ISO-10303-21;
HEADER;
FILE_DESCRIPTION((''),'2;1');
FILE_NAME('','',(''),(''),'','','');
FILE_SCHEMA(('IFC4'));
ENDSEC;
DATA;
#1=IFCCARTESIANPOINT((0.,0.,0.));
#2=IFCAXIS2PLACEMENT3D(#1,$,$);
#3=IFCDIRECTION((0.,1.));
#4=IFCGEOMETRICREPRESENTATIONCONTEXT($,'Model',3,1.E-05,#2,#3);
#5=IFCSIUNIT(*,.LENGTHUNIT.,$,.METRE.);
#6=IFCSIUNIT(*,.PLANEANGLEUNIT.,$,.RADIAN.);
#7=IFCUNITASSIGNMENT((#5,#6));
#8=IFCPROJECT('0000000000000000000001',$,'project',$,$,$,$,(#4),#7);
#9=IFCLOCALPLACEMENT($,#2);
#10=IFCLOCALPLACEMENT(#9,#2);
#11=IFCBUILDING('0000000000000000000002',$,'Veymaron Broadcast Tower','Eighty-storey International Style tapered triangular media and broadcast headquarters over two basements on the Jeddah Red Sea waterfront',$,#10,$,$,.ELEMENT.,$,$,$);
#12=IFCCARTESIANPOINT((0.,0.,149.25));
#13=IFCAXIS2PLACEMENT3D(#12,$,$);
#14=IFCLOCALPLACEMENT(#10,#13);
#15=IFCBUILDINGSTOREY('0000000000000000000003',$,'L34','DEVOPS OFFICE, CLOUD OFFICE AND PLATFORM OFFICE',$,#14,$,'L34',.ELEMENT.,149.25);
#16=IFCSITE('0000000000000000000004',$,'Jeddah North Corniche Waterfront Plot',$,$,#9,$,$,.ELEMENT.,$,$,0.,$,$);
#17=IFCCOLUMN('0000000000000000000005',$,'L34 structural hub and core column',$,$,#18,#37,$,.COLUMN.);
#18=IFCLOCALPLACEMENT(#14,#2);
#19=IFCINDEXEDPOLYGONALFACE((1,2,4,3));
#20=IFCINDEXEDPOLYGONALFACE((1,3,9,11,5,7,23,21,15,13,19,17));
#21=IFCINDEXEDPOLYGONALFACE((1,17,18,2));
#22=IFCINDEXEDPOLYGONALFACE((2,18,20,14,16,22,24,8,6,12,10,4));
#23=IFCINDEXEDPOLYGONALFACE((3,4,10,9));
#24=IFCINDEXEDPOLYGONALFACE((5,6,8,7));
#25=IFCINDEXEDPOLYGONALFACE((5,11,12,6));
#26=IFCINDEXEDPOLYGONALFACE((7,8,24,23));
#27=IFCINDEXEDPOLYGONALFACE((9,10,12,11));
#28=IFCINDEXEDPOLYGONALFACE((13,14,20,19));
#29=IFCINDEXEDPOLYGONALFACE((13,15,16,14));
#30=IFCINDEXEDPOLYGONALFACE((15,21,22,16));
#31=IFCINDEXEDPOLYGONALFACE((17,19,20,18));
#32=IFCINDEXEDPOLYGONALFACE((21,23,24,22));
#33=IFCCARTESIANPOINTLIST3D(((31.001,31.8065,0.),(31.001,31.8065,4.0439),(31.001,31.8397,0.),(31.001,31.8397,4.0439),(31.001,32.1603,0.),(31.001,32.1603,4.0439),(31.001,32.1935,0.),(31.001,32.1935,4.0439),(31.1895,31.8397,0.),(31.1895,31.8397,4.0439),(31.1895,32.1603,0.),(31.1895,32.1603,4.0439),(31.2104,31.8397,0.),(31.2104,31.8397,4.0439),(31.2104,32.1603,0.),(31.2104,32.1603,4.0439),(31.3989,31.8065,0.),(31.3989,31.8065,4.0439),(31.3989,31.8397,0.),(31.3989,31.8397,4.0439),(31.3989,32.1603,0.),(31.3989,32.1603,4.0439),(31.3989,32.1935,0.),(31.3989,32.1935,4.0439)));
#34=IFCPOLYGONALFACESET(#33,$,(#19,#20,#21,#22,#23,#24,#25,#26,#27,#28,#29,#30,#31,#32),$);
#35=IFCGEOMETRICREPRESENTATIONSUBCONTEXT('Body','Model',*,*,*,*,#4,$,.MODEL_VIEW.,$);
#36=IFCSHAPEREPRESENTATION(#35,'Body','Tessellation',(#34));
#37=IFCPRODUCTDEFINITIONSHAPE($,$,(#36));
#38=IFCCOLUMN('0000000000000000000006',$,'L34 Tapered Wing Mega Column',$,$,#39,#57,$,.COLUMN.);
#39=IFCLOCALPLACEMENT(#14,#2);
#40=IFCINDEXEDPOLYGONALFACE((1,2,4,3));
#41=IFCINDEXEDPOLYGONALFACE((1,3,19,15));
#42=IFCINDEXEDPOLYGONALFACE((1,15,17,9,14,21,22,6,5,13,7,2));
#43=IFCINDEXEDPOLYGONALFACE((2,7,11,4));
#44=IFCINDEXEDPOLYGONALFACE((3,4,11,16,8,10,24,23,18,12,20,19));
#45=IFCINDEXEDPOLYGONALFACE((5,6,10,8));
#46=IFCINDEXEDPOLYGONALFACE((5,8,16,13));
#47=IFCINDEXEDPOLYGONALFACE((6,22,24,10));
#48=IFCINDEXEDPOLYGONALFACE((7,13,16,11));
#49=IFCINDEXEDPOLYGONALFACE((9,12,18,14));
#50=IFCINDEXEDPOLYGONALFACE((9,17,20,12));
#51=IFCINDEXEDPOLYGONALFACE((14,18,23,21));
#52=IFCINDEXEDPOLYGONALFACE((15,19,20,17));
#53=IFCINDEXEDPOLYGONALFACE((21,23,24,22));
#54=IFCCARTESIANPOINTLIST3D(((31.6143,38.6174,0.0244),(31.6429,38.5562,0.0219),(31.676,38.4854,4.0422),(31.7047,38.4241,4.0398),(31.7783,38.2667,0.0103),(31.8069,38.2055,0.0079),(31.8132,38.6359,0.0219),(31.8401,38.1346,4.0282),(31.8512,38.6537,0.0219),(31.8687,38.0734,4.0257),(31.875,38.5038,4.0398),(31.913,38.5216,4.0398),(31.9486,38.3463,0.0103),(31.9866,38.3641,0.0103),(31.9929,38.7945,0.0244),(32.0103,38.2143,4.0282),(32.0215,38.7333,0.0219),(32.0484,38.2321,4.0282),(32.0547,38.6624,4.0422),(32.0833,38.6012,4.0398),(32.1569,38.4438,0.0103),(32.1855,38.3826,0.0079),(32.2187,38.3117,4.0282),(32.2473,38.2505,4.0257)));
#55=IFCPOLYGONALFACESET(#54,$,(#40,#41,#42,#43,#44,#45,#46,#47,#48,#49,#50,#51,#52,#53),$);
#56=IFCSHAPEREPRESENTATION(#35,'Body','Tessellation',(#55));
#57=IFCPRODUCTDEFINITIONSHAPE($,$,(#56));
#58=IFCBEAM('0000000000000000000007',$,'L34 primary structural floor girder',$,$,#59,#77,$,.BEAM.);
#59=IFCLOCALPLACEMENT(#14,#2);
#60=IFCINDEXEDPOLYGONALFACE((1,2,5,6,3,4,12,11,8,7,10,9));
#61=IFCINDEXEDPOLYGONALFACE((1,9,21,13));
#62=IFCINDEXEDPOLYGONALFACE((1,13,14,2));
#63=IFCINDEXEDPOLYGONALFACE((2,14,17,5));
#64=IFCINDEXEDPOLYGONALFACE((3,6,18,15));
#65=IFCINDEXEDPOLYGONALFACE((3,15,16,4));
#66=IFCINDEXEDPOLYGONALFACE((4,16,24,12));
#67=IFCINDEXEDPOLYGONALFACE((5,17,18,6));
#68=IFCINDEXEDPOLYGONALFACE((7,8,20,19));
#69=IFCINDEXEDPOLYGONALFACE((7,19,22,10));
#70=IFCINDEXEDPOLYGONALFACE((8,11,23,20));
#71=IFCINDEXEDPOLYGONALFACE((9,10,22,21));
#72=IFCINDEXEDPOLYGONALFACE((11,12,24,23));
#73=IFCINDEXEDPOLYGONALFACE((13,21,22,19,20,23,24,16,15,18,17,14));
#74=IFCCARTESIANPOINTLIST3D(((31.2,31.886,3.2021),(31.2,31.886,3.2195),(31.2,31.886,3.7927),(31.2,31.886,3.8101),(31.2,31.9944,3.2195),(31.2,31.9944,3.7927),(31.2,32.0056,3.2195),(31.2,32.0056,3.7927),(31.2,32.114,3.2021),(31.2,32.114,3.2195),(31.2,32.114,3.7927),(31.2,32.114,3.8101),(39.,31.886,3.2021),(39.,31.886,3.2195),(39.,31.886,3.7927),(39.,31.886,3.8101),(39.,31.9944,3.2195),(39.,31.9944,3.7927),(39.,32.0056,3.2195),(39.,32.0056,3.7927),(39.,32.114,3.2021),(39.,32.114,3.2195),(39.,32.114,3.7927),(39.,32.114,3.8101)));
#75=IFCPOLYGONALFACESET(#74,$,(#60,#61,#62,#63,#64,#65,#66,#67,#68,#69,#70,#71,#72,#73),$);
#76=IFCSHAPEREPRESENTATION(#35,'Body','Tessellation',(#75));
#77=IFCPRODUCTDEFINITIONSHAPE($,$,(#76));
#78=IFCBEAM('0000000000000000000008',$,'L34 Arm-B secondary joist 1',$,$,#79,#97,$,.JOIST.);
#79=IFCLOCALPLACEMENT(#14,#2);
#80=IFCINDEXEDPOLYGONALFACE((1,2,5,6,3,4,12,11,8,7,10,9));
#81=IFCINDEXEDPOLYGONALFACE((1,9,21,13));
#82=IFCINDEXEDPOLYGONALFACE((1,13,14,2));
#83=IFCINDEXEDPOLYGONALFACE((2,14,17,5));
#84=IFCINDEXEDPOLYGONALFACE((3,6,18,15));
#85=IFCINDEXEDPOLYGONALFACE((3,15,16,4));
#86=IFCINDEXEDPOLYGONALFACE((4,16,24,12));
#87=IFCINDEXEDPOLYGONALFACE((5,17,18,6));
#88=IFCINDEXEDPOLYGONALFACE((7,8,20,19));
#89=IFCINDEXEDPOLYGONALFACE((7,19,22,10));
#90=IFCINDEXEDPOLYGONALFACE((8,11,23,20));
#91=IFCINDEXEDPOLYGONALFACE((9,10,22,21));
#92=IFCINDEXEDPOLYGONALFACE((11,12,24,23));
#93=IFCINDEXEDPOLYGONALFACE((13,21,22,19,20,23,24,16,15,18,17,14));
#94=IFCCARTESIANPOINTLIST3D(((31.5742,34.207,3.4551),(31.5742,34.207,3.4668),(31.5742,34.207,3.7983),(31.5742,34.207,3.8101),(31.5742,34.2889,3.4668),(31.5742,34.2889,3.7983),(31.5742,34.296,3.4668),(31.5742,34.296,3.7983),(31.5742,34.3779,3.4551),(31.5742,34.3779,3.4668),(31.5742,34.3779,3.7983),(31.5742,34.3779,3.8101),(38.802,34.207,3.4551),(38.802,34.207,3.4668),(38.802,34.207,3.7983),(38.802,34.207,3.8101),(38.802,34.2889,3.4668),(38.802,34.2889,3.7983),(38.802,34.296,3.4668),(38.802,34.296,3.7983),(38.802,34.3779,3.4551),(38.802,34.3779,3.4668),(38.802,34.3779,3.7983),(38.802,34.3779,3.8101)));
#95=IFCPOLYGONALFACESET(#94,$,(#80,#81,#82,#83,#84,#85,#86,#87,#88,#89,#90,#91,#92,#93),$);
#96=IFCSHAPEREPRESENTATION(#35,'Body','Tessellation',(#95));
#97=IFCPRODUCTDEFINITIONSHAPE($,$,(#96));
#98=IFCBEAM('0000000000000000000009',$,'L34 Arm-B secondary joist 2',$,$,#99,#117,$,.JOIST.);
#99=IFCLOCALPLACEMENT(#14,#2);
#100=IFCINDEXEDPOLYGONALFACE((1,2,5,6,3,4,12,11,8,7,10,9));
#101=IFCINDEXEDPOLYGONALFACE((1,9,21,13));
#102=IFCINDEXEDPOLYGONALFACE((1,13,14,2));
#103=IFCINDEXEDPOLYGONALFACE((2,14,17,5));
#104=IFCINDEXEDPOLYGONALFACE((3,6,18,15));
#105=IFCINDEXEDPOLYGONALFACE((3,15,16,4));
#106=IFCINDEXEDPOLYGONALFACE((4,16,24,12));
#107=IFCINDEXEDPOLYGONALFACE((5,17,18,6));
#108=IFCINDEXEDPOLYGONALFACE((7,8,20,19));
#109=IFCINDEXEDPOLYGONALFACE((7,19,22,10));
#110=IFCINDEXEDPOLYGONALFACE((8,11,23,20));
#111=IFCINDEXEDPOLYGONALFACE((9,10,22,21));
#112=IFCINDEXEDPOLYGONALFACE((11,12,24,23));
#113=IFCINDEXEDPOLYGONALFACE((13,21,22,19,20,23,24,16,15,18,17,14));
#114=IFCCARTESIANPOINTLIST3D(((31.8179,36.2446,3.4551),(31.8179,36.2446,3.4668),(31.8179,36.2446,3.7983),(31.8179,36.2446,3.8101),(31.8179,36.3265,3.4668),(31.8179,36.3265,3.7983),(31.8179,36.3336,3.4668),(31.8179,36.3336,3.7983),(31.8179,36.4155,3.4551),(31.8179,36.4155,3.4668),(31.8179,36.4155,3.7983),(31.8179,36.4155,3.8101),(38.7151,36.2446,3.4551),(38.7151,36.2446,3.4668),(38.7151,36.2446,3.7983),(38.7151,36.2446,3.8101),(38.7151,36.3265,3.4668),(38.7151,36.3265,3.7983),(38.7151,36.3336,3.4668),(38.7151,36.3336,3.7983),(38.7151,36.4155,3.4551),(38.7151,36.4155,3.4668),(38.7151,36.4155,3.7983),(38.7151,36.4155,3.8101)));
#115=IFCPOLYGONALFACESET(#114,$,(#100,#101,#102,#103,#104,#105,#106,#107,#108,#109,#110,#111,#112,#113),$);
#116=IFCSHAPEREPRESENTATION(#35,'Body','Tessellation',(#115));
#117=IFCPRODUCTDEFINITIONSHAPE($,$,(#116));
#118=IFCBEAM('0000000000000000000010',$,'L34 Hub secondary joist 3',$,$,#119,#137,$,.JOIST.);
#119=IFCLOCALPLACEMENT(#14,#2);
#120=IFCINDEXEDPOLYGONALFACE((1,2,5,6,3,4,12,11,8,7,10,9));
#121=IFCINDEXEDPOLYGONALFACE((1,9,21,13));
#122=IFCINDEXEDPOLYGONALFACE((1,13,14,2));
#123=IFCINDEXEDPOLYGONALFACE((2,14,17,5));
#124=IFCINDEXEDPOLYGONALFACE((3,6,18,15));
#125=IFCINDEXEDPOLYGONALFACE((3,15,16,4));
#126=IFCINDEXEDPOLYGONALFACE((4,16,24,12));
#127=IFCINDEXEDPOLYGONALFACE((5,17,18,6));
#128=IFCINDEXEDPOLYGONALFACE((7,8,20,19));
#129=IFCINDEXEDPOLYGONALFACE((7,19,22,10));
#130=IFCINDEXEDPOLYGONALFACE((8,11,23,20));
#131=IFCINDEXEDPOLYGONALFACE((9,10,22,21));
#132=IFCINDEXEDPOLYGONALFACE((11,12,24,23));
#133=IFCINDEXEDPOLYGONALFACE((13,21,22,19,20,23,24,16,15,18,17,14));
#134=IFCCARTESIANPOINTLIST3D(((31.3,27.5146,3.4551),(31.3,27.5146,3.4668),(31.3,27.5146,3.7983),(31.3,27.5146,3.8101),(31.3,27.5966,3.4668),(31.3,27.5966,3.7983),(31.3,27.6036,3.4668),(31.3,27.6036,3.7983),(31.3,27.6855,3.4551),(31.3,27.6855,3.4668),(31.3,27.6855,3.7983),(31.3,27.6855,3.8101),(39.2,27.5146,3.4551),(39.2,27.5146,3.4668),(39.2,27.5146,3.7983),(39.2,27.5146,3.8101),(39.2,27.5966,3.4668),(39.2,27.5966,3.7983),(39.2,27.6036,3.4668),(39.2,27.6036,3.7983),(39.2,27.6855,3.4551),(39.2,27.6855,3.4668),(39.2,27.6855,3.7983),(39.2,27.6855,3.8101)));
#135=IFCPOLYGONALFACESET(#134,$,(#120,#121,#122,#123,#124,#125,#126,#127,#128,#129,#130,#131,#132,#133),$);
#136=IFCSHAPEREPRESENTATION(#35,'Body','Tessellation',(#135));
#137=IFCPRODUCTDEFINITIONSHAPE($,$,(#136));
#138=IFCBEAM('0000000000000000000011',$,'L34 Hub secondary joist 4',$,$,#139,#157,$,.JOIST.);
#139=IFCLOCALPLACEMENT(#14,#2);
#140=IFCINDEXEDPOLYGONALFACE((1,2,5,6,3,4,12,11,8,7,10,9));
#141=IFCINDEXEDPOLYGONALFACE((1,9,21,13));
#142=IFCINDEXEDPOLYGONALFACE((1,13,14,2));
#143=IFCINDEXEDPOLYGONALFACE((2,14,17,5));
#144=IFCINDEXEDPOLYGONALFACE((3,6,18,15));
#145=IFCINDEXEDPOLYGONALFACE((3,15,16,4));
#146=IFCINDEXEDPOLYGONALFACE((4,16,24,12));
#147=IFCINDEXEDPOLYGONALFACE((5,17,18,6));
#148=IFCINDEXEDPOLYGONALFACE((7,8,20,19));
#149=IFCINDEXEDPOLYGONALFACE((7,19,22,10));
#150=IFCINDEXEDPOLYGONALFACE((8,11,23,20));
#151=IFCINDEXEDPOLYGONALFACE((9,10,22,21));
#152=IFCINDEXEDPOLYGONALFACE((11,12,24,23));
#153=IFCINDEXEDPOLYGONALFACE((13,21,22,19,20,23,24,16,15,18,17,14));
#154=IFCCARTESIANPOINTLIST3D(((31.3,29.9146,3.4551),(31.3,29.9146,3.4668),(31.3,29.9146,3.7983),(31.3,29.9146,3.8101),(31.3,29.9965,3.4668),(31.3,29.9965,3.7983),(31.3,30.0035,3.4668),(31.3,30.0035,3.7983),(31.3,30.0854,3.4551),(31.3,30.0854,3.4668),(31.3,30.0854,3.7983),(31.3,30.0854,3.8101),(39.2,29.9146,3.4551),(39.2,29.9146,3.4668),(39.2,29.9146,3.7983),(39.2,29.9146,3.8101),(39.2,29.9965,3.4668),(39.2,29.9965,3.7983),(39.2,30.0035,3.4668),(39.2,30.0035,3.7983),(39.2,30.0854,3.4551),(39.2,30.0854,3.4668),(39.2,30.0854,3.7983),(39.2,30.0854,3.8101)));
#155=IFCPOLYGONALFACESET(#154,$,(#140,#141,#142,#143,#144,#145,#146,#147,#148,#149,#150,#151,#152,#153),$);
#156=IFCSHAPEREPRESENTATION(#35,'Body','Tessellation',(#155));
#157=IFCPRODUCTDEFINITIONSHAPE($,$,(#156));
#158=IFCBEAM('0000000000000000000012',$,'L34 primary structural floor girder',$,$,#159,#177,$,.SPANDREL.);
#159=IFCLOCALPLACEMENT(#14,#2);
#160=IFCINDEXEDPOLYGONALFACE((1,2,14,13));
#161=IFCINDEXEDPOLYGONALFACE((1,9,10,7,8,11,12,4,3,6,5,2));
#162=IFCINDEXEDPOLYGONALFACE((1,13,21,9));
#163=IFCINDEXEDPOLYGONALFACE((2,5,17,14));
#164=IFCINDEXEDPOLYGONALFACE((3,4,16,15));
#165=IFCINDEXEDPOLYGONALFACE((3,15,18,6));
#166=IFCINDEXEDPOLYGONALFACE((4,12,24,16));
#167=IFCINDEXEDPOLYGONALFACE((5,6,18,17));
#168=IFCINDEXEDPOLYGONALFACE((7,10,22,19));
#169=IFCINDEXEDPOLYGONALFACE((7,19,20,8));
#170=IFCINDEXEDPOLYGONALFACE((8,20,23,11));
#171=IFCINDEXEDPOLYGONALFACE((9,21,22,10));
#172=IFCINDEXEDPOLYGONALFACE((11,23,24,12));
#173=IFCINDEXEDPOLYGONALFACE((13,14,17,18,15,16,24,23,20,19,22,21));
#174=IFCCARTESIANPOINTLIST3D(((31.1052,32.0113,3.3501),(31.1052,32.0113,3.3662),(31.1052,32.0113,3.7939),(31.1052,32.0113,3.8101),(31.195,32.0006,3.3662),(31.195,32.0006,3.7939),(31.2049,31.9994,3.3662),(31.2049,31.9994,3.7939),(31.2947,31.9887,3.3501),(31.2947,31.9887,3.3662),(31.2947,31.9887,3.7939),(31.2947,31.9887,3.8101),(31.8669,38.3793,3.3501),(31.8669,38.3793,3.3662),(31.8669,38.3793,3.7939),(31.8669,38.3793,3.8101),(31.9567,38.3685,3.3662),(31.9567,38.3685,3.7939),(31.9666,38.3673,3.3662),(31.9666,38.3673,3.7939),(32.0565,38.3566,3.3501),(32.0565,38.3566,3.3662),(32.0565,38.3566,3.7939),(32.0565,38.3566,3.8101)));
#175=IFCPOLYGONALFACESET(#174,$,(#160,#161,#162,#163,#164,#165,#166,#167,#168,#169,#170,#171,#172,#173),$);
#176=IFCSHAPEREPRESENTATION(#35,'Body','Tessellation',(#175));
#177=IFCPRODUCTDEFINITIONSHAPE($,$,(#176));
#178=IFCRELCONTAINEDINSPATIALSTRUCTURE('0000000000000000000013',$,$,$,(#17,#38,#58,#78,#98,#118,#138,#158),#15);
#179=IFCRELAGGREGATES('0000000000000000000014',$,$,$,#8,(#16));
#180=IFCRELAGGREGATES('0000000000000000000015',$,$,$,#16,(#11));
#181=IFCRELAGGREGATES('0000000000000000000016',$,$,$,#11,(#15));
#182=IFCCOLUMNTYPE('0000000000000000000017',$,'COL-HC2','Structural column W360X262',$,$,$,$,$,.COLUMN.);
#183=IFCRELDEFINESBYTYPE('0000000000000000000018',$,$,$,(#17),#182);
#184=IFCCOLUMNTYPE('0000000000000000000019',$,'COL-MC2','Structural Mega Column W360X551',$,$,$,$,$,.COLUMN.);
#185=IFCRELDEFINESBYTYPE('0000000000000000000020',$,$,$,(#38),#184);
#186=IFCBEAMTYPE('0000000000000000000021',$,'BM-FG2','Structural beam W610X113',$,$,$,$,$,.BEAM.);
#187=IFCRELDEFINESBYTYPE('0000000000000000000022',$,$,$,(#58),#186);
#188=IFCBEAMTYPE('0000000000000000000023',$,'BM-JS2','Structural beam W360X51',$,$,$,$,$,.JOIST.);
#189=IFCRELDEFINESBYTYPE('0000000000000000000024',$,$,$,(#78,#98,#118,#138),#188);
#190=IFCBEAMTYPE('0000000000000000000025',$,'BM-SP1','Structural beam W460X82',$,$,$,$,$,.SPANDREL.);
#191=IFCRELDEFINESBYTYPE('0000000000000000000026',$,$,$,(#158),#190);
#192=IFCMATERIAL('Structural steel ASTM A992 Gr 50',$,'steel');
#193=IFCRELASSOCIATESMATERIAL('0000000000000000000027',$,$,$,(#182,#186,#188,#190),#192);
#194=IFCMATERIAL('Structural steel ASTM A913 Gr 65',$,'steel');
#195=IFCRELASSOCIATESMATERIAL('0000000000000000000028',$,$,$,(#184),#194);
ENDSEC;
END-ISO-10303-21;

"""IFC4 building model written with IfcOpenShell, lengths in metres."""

from ifc_helpers import new_model, si_unit, direction, frame, origin, origin_2d, place, context, subcontext, project, spatial, i_section, extrude, material, material_profile, profile_set, type_object, element, save


model = new_model("IFC4")

# Units and contexts
model_context = context("Model", 3, precision=1e-05, world=origin(), true_north=direction((0.0, 1.0)))
body_context = subcontext(model_context, "Body", "Model", "MODEL_VIEW")
ifc_project = project(units=[si_unit("LENGTHUNIT", "METRE"), si_unit("PLANEANGLEUNIT", "RADIAN")], contexts=[model_context])

# Site, building, storey
site_placement = place(None, origin())
site = spatial("IfcSite", under=ifc_project, at=site_placement, Name="Jeddah North Corniche Waterfront Plot", CompositionType="ELEMENT", RefElevation=0.0)
building_placement = place(site_placement, origin())
building = spatial("IfcBuilding", under=site, at=building_placement, Name="Veymaron Broadcast Tower", Description="Eighty-storey International Style tapered triangular media and broadcast headquarters over two basements on the Jeddah Red Sea waterfront", CompositionType="ELEMENT")
storey_placement = place(building_placement, frame((0.0, 0.0, 149.25)))
storey = spatial("IfcBuildingStorey", under=building, at=storey_placement, Name="L34", Description="DEVOPS OFFICE, CLOUD OFFICE AND PLATFORM OFFICE", LongName="L34", CompositionType="ELEMENT", Elevation=149.25)

# Columns
ifc_material_1 = material(Name="Structural steel ASTM A992 Gr 50", Category="steel")
ifc_material_profile_1 = material_profile(ifc_material_1, i_section(OverallWidth=0.3979, OverallDepth=0.387, WebThickness=0.021, FlangeThickness=0.0332, at=origin_2d()), Name="W360X262")
ifc_profile_set_1 = profile_set([ifc_material_profile_1], Name="Structural steel ASTM A992 Gr 50")
column_type_1 = type_object("IfcColumnType", Name="COL-HC2", Description="Structural column W360X262", PredefinedType="COLUMN", material=ifc_profile_set_1)
column_1_placement = place(storey_placement, frame((31.2, 32.0, 0.0), z_axis=(0.0, 0.0, 1.0), x_axis=(1.0, 0.0, 0.0)))
element("IfcColumn", 1, at=column_1_placement, inside=storey, type_object=column_type_1, Name="L34 structural hub and core column", PredefinedType="COLUMN", context=body_context, shape_type="SweptSolid", body=[
    extrude(i_section(OverallWidth=0.3979, OverallDepth=0.387, WebThickness=0.021, FlangeThickness=0.0332, at=origin_2d()), origin(), (0.0, 0.0, 1.0), 4.0439),
])
ifc_material_2 = material(Name="Structural steel ASTM A913 Gr 65", Category="steel")
ifc_material_profile_2 = material_profile(ifc_material_2, i_section(OverallWidth=0.418, OverallDepth=0.4551, WebThickness=0.042, FlangeThickness=0.0676, at=origin_2d()), Name="W360X551")
ifc_profile_set_2 = profile_set([ifc_material_profile_2], Name="Structural steel ASTM A913 Gr 65")
column_type_2 = type_object("IfcColumnType", Name="COL-MC2", Description="Structural Mega Column W360X551", PredefinedType="COLUMN", material=ifc_profile_set_2)
column_2_placement = place(storey_placement, frame((31.8999, 38.5, 0.0161), z_axis=(0.015363, -0.032852, 0.999342), x_axis=(0.905841, 0.423619, 0.0)))
element("IfcColumn", 2, at=column_2_placement, inside=storey, type_object=column_type_2, Name="L34 Tapered Wing Mega Column", PredefinedType="COLUMN", context=body_context, shape_type="SweptSolid", body=[
    extrude(i_section(OverallWidth=0.418, OverallDepth=0.4551, WebThickness=0.042, FlangeThickness=0.0676, at=origin_2d()), origin(), (0.0, 0.0, 1.0), 4.0205),
])

# Beams
ifc_material_profile_3 = material_profile(ifc_material_1, i_section(OverallWidth=0.228, OverallDepth=0.6079, WebThickness=0.0112, FlangeThickness=0.0173, at=origin_2d()), Name="W610X113")
ifc_profile_set_3 = profile_set([ifc_material_profile_3], Name="Structural steel ASTM A992 Gr 50")
beam_type_1 = type_object("IfcBeamType", Name="BM-FG2", Description="Structural beam W610X113", PredefinedType="BEAM", material=ifc_profile_set_3)
beam_1_placement = place(storey_placement, frame((31.2, 32.0, 3.5061), z_axis=(1.0, 0.0, 0.0), x_axis=(0.0, 1.0, 0.0)))
element("IfcBeam", 3, at=beam_1_placement, inside=storey, type_object=beam_type_1, Name="L34 primary structural floor girder", PredefinedType="BEAM", context=body_context, shape_type="SweptSolid", body=[
    extrude(i_section(OverallWidth=0.228, OverallDepth=0.6079, WebThickness=0.0112, FlangeThickness=0.0173, at=origin_2d()), origin(), (0.0, 0.0, 1.0), 7.8),
])
ifc_material_profile_4 = material_profile(ifc_material_1, i_section(OverallWidth=0.1709, OverallDepth=0.355, WebThickness=0.0071, FlangeThickness=0.0117, at=origin_2d()), Name="W360X51")
ifc_profile_set_4 = profile_set([ifc_material_profile_4], Name="Structural steel ASTM A992 Gr 50")
beam_type_2 = type_object("IfcBeamType", Name="BM-JS2", Description="Structural beam W360X51", PredefinedType="JOIST", material=ifc_profile_set_4)
beam_2_placement = place(storey_placement, frame((31.5742, 34.2925, 3.6326), z_axis=(1.0, 0.0, 0.0), x_axis=(0.0, 1.0, 0.0)))
element("IfcBeam", 4, at=beam_2_placement, inside=storey, type_object=beam_type_2, Name="L34 Arm-B secondary joist 1", PredefinedType="JOIST", context=body_context, shape_type="SweptSolid", body=[
    extrude(i_section(OverallWidth=0.1709, OverallDepth=0.355, WebThickness=0.0071, FlangeThickness=0.0117, at=origin_2d()), origin(), (0.0, 0.0, 1.0), 7.2278),
])
beam_3_placement = place(storey_placement, frame((31.8179, 36.3301, 3.6326), z_axis=(1.0, 0.0, 0.0), x_axis=(0.0, 1.0, 0.0)))
element("IfcBeam", 5, at=beam_3_placement, inside=storey, type_object=beam_type_2, Name="L34 Arm-B secondary joist 2", PredefinedType="JOIST", context=body_context, shape_type="SweptSolid", body=[
    extrude(i_section(OverallWidth=0.1709, OverallDepth=0.355, WebThickness=0.0071, FlangeThickness=0.0117, at=origin_2d()), origin(), (0.0, 0.0, 1.0), 6.8972),
])
for number, where, z_axis, x_axis, name in (
    (6, (31.3, 27.6001, 3.6326), (1.0, 0.0, 0.0), (0.0, 1.0, 0.0), "L34 Hub secondary joist 3"),
    (7, (31.3, 30.0, 3.6326), (1.0, 0.0, 0.0), (0.0, 1.0, 0.0), "L34 Hub secondary joist 4"),
):
    element("IfcBeam", number, at=place(storey_placement, frame(where, z_axis=z_axis, x_axis=x_axis)), inside=storey, type_object=beam_type_2, Name=name, PredefinedType="JOIST", context=body_context, shape_type="SweptSolid", body=[
        extrude(i_section(OverallWidth=0.1709, OverallDepth=0.355, WebThickness=0.0071, FlangeThickness=0.0117, at=origin_2d()), origin(), (0.0, 0.0, 1.0), 7.8999),
    ])
ifc_material_profile_5 = material_profile(ifc_material_1, i_section(OverallWidth=0.1909, OverallDepth=0.46, WebThickness=0.01, FlangeThickness=0.0161, at=origin_2d()), Name="W460X82")
ifc_profile_set_5 = profile_set([ifc_material_profile_5], Name="Structural steel ASTM A992 Gr 50")
beam_type_3 = type_object("IfcBeamType", Name="BM-SP1", Description="Structural beam W460X82", PredefinedType="SPANDREL", material=ifc_profile_set_5)
beam_4_placement = place(storey_placement, frame((31.2, 32.0, 3.5801), z_axis=(0.118771, 0.992922, 0.0), x_axis=(-0.992922, 0.118771, 0.0)))
element("IfcBeam", 8, at=beam_4_placement, inside=storey, type_object=beam_type_3, Name="L34 primary structural floor girder", PredefinedType="SPANDREL", context=body_context, shape_type="SweptSolid", body=[
    extrude(i_section(OverallWidth=0.1909, OverallDepth=0.46, WebThickness=0.01, FlangeThickness=0.0161, at=origin_2d()), origin(), (0.0, 0.0, 1.0), 6.4133),
])

save(model, "model.ifc")
